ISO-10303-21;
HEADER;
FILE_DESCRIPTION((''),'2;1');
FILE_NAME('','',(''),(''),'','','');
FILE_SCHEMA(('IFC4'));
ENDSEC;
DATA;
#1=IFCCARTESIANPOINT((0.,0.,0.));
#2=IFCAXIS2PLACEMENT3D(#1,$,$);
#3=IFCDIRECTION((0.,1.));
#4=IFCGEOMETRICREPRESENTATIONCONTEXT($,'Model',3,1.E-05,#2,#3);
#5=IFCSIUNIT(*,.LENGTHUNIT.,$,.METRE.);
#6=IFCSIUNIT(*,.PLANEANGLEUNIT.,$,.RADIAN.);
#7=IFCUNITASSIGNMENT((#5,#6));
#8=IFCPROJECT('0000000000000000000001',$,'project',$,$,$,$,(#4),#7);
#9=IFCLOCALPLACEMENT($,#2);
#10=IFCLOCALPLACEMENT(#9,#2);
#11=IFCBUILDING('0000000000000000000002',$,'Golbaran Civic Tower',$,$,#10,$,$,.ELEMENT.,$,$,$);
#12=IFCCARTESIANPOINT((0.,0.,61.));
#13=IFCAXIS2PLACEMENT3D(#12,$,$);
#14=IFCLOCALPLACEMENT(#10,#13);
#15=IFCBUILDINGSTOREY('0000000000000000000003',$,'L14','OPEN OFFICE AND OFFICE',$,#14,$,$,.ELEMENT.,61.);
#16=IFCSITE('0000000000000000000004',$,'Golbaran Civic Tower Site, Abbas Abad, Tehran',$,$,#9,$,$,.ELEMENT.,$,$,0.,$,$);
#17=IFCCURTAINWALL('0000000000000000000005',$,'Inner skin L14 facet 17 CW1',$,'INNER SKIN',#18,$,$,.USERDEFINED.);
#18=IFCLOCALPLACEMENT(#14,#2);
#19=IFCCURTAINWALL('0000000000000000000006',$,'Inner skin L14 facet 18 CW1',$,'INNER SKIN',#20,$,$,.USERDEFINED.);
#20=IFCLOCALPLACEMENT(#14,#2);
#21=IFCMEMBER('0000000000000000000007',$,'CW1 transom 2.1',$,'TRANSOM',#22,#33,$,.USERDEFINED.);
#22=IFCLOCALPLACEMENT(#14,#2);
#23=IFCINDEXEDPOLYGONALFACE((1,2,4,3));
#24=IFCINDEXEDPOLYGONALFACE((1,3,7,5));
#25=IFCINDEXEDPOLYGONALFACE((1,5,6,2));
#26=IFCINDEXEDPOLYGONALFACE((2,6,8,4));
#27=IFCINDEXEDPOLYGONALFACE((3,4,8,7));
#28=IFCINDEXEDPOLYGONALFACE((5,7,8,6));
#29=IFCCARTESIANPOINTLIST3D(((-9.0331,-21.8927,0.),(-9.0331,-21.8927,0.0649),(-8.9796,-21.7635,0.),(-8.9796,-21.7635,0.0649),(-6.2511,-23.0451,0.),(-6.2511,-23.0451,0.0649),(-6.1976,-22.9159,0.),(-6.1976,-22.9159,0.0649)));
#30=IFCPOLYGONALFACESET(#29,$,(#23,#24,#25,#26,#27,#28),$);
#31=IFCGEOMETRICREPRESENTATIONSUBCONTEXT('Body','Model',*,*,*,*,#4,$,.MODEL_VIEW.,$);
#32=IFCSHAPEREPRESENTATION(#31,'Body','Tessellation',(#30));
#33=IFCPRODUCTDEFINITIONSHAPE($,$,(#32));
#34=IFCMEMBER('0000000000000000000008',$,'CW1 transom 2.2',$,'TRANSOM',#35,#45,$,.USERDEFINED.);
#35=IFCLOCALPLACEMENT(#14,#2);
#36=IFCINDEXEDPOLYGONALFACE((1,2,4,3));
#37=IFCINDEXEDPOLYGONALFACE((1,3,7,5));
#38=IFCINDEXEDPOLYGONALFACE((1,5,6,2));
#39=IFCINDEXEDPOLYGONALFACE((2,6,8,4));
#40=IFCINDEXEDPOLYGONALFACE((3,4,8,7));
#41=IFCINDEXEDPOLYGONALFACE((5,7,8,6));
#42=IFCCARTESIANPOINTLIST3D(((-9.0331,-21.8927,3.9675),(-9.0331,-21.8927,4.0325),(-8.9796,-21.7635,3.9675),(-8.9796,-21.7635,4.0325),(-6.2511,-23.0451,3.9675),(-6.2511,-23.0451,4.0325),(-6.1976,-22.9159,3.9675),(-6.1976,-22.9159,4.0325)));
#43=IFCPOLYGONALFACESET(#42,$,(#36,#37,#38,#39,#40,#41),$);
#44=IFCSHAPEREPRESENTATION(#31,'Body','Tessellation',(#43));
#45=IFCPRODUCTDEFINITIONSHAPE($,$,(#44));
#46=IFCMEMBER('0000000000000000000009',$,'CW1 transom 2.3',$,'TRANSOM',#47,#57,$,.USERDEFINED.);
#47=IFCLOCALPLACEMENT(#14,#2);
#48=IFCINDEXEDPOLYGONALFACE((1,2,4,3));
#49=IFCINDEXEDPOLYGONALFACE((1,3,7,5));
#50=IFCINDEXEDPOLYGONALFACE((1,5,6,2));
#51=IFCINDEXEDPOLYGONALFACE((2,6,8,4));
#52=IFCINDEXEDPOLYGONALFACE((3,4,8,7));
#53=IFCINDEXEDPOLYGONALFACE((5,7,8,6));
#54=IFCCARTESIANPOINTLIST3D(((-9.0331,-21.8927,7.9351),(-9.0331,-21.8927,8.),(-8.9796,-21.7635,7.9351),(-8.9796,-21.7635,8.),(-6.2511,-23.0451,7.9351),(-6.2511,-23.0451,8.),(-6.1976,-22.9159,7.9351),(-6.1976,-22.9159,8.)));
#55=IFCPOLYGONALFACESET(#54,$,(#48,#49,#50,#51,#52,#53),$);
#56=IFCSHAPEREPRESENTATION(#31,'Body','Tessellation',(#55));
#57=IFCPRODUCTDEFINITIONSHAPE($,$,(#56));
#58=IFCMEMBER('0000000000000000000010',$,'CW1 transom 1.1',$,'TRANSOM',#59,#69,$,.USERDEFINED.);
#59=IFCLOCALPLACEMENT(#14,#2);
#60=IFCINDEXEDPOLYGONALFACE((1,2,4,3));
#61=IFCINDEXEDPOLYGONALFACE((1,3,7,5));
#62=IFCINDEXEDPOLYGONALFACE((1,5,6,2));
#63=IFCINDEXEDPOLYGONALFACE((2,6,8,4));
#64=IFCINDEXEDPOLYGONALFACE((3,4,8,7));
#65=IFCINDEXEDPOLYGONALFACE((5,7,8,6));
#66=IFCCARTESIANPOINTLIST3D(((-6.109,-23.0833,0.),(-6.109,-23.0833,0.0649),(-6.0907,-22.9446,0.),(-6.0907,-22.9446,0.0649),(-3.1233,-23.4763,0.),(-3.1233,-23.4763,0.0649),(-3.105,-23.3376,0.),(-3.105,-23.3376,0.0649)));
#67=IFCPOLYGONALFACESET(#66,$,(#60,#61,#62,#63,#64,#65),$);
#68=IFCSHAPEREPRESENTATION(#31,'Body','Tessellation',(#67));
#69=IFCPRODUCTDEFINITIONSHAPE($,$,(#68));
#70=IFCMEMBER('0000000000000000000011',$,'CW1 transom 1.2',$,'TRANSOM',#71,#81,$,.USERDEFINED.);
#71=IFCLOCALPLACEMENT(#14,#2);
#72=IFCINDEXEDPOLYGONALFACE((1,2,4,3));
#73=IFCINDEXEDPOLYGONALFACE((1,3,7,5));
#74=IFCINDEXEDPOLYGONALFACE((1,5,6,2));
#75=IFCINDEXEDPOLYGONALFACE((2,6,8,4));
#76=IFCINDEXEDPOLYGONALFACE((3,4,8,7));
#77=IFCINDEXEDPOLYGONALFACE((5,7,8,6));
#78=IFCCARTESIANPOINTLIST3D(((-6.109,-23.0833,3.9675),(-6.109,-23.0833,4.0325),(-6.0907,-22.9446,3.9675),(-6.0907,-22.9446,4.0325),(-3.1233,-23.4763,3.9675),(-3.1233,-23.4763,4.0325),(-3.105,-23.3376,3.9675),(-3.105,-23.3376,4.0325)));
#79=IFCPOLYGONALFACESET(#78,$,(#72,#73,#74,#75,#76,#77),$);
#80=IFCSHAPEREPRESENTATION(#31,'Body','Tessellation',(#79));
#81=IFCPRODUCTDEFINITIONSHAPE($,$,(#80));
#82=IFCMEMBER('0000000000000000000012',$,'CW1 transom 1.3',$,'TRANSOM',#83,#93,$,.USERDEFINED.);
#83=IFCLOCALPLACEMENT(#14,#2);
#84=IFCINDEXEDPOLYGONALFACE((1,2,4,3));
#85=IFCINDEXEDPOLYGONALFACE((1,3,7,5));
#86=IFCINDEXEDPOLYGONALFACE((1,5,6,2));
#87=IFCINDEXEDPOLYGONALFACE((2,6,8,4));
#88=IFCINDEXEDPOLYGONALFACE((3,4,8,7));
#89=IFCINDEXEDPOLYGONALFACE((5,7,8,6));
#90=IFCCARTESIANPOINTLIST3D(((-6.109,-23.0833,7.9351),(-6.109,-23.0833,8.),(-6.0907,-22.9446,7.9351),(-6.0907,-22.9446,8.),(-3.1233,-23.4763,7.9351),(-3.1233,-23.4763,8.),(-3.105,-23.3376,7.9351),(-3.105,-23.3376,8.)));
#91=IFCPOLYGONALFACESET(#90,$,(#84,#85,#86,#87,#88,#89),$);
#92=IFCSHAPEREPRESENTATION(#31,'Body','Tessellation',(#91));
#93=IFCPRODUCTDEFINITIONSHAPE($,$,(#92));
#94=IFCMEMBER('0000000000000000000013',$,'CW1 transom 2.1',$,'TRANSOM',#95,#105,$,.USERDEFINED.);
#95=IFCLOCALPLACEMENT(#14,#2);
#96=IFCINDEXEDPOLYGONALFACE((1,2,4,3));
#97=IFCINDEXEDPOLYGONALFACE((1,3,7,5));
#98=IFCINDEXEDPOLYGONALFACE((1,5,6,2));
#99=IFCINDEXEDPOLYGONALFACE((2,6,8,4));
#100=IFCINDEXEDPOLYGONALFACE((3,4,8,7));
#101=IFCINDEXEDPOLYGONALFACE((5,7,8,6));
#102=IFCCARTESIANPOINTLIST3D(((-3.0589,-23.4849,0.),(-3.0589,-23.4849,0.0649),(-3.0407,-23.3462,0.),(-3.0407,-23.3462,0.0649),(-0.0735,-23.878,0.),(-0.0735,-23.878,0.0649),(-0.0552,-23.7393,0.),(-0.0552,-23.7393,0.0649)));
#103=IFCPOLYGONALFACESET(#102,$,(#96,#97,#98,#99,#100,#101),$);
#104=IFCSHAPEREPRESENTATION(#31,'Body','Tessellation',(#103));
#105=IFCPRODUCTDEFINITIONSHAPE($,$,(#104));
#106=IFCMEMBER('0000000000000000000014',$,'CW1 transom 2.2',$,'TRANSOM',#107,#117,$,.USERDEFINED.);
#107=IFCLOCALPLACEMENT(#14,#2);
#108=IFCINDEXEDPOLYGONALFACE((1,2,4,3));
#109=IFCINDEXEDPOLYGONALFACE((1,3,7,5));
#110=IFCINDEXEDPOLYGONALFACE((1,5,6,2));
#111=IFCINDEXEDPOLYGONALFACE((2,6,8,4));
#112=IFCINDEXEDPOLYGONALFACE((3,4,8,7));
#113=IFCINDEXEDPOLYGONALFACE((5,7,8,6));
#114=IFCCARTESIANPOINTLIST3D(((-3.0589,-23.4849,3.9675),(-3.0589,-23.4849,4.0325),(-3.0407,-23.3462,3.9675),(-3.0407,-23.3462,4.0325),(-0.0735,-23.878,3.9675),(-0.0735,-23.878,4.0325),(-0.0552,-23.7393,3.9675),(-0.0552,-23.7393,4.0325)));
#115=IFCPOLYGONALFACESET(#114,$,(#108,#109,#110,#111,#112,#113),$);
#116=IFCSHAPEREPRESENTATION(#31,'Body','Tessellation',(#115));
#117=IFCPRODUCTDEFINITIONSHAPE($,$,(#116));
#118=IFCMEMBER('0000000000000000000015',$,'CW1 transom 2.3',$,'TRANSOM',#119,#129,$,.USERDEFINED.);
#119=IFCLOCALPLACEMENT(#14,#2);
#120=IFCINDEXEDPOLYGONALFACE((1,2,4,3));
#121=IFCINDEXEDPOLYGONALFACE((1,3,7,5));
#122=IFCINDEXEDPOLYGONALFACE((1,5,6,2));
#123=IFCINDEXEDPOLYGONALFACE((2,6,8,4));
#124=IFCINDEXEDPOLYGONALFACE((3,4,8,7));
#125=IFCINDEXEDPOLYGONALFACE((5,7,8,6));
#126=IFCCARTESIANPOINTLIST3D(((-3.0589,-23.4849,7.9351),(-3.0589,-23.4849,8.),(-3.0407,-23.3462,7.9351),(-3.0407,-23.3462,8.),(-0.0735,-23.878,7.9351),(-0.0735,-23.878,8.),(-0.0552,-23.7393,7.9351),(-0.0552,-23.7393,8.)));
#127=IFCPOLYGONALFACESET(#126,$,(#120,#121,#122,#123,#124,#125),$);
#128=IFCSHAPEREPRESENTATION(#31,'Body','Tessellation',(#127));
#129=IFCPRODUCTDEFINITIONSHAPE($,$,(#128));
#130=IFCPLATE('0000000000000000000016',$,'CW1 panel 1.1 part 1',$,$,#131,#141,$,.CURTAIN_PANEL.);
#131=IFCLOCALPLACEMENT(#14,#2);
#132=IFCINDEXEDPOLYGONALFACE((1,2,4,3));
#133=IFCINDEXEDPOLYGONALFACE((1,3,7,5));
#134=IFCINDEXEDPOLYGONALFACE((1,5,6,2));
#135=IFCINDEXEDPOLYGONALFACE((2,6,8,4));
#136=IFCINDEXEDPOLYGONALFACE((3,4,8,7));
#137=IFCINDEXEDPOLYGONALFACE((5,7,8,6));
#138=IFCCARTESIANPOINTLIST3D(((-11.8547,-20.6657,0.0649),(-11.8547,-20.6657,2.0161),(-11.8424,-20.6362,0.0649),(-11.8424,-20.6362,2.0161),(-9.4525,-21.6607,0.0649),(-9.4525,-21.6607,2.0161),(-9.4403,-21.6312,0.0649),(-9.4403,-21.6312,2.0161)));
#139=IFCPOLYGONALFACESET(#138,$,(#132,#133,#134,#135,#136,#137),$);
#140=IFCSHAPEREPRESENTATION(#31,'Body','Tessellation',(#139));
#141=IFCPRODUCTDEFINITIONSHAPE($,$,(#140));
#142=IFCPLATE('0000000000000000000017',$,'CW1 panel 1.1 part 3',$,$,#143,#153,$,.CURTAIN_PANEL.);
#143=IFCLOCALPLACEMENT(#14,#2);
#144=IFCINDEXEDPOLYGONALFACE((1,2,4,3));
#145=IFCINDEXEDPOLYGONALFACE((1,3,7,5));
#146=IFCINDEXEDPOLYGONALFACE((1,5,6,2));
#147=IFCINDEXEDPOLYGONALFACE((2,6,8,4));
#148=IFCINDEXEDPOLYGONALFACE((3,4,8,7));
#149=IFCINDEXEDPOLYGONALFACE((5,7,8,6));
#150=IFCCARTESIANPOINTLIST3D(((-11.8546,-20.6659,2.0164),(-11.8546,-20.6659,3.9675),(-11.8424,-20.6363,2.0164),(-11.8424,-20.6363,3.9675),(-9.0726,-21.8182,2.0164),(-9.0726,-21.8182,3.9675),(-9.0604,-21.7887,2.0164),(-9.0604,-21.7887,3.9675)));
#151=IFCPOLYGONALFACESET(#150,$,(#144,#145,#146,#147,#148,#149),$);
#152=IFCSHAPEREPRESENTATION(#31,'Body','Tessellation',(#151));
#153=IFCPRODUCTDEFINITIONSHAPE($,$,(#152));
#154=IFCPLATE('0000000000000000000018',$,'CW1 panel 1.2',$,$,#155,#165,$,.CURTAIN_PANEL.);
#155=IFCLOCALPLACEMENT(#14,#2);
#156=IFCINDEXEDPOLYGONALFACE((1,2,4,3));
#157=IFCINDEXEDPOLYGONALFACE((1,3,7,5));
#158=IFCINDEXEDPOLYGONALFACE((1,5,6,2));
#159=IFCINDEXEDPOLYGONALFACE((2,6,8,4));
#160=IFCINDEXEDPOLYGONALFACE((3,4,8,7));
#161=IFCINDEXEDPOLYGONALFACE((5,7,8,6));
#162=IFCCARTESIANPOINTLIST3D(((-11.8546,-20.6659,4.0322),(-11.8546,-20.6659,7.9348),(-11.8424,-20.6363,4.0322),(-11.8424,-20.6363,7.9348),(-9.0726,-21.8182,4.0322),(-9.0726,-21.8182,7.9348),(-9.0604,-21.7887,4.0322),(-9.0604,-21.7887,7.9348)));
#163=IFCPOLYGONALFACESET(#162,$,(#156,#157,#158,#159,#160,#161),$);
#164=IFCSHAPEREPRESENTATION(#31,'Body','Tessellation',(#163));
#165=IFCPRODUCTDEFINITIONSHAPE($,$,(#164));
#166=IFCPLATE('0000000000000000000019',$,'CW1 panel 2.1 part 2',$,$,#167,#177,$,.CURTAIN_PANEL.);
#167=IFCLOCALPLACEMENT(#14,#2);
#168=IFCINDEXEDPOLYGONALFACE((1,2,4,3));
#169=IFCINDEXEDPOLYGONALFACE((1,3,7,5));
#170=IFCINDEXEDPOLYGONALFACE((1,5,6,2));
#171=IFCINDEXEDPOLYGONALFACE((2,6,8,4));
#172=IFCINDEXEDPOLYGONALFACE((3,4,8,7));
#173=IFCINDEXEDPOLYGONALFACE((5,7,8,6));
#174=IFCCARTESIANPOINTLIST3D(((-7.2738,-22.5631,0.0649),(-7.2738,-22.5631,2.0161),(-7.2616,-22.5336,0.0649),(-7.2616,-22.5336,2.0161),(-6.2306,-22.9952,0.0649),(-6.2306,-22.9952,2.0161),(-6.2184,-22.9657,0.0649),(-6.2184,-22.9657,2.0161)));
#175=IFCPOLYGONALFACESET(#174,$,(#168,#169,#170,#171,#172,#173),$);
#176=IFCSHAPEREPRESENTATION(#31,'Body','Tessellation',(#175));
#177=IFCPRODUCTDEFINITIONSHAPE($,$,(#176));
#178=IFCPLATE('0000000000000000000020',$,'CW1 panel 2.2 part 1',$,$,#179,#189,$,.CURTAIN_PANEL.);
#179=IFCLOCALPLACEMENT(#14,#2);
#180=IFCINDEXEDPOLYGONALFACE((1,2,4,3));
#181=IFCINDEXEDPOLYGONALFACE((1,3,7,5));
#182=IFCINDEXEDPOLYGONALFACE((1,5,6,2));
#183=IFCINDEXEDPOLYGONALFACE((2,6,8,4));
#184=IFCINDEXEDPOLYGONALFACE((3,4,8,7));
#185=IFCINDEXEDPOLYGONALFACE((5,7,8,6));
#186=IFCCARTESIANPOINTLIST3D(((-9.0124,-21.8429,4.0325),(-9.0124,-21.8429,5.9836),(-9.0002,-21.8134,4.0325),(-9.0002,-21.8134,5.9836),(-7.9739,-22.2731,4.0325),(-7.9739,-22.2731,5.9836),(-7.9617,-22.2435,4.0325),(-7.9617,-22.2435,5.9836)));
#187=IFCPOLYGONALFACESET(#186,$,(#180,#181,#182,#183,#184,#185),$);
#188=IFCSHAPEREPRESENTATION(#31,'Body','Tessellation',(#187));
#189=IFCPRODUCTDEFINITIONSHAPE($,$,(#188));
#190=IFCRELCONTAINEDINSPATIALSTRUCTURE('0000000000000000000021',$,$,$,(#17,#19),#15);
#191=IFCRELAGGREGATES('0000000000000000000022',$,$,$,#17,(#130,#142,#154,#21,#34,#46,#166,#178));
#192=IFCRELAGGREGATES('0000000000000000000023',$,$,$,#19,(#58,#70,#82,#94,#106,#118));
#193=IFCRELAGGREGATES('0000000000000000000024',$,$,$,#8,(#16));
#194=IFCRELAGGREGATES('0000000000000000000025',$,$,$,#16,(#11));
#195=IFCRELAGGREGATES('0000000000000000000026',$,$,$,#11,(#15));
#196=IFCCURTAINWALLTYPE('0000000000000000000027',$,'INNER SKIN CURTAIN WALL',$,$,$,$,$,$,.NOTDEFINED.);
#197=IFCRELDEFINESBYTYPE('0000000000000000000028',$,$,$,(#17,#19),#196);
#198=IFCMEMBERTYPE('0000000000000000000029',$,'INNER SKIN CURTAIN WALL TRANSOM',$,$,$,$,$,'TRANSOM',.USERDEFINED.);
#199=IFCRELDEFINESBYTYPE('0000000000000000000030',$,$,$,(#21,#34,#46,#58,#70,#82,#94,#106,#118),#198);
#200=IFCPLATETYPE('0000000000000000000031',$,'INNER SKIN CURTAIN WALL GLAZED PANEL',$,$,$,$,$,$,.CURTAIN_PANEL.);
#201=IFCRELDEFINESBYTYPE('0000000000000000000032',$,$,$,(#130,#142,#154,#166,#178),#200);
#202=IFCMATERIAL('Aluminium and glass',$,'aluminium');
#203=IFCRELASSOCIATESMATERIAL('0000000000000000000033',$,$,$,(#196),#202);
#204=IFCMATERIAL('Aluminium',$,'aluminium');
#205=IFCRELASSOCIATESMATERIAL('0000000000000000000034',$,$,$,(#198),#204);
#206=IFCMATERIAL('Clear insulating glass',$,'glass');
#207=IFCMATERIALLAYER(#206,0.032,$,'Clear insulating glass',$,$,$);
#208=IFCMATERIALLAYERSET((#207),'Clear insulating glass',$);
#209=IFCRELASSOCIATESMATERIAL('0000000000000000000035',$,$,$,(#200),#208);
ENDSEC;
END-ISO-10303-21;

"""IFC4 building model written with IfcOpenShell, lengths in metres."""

from ifc_helpers import new_model, si_unit, direction, frame, origin, origin_2d, place, context, subcontext, project, spatial, rectangle, extrude, material, layer, layer_set, material_profile, profile_set, type_object, element, aggregate, save


model = new_model("IFC4")

# Units and contexts
model_context = context("Model", 3, precision=1e-05, world=origin(), true_north=direction((0.0, 1.0)))
body_context = subcontext(model_context, "Body", "Model", "MODEL_VIEW")
ifc_project = project(units=[si_unit("LENGTHUNIT", "METRE"), si_unit("PLANEANGLEUNIT", "RADIAN")], contexts=[model_context])

# Site, building, storey
site_placement = place(None, origin())
site = spatial("IfcSite", under=ifc_project, at=site_placement, Name="Golbaran Civic Tower Site, Abbas Abad, Tehran", CompositionType="ELEMENT", RefElevation=0.0)
building_placement = place(site_placement, origin())
building = spatial("IfcBuilding", under=site, at=building_placement, Name="Golbaran Civic Tower", CompositionType="ELEMENT")
storey_placement = place(building_placement, frame((0.0, 0.0, 61.0)))
storey = spatial("IfcBuildingStorey", under=building, at=storey_placement, Name="L14", Description="OPEN OFFICE AND OFFICE", CompositionType="ELEMENT", Elevation=61.0)

# Curtain walls
ifc_material_1 = material(Name="Aluminium and glass", Category="aluminium")
curtain_wall_type = type_object("IfcCurtainWallType", Name="INNER SKIN CURTAIN WALL", PredefinedType="NOTDEFINED", material=ifc_material_1)
curtain_wall_1_placement = place(storey_placement, origin())
curtain_wall_1 = element("IfcCurtainWall", 1, at=curtain_wall_1_placement, inside=storey, type_object=curtain_wall_type, Name="Inner skin L14 facet 17 CW1", ObjectType="INNER SKIN", PredefinedType="USERDEFINED")
ifc_material_2 = material(Name="Aluminium", Category="aluminium")
curtain_wall_2_placement = place(storey_placement, origin())
curtain_wall_2 = element("IfcCurtainWall", 2, at=curtain_wall_2_placement, inside=storey, type_object=curtain_wall_type, Name="Inner skin L14 facet 18 CW1", ObjectType="INNER SKIN", PredefinedType="USERDEFINED")

# Members
ifc_material_profile_1 = material_profile(ifc_material_2, rectangle(XDim=0.1399, YDim=0.0649, at=origin_2d()), Name="INNER SKIN CURTAIN WALL TRANSOM")
ifc_profile_set_1 = profile_set([ifc_material_profile_1], Name="Aluminium")
member_type_1 = type_object("IfcMemberType", Name="INNER SKIN CURTAIN WALL TRANSOM", ElementType="TRANSOM", PredefinedType="USERDEFINED", material=ifc_profile_set_1)
member_1_placement = place(storey_placement, frame((-9.0063, -21.8281, 0.0325), z_axis=(0.923878, -0.382686, 0.0), x_axis=(0.382686, 0.923878, 0.0)))
member_1 = element("IfcMember", 3, at=member_1_placement, type_object=member_type_1, Name="CW1 transom 2.1", ObjectType="TRANSOM", PredefinedType="USERDEFINED", context=body_context, shape_type="SweptSolid", body=[
    extrude(rectangle(XDim=0.1399, YDim=0.0649, at=origin_2d()), origin(), (0.0, 0.0, 1.0), 3.0112),
])
member_2_placement = place(storey_placement, frame((-9.0063, -21.8281, 4.0), z_axis=(0.923878, -0.382686, 0.0), x_axis=(0.382686, 0.923878, 0.0)))
member_2 = element("IfcMember", 4, at=member_2_placement, type_object=member_type_1, Name="CW1 transom 2.2", ObjectType="TRANSOM", PredefinedType="USERDEFINED", context=body_context, shape_type="SweptSolid", body=[
    extrude(rectangle(XDim=0.1399, YDim=0.0649, at=origin_2d()), origin(), (0.0, 0.0, 1.0), 3.0112),
])
member_3_placement = place(storey_placement, frame((-9.0063, -21.8281, 7.9675), z_axis=(0.923878, -0.382686, 0.0), x_axis=(0.382686, 0.923878, 0.0)))
member_3 = element("IfcMember", 5, at=member_3_placement, type_object=member_type_1, Name="CW1 transom 2.3", ObjectType="TRANSOM", PredefinedType="USERDEFINED", context=body_context, shape_type="SweptSolid", body=[
    extrude(rectangle(XDim=0.1399, YDim=0.0649, at=origin_2d()), origin(), (0.0, 0.0, 1.0), 3.0112),
])
member_4_placement = place(storey_placement, frame((-6.0999, -23.0139, 0.0325), z_axis=(0.991445, -0.130528, 0.0), x_axis=(0.130528, 0.991445, 0.0)))
member_4 = element("IfcMember", 6, at=member_4_placement, type_object=member_type_1, Name="CW1 transom 1.1", ObjectType="TRANSOM", PredefinedType="USERDEFINED", context=body_context, shape_type="SweptSolid", body=[
    extrude(rectangle(XDim=0.1399, YDim=0.0649, at=origin_2d()), origin(), (0.0, 0.0, 1.0), 3.0115),
])
member_5_placement = place(storey_placement, frame((-6.0999, -23.0139, 4.0), z_axis=(0.991445, -0.130528, 0.0), x_axis=(0.130528, 0.991445, 0.0)))
member_5 = element("IfcMember", 7, at=member_5_placement, type_object=member_type_1, Name="CW1 transom 1.2", ObjectType="TRANSOM", PredefinedType="USERDEFINED", context=body_context, shape_type="SweptSolid", body=[
    extrude(rectangle(XDim=0.1399, YDim=0.0649, at=origin_2d()), origin(), (0.0, 0.0, 1.0), 3.0115),
])
member_6_placement = place(storey_placement, frame((-6.0999, -23.0139, 7.9675), z_axis=(0.991445, -0.130528, 0.0), x_axis=(0.130528, 0.991445, 0.0)))
member_6 = element("IfcMember", 8, at=member_6_placement, type_object=member_type_1, Name="CW1 transom 1.3", ObjectType="TRANSOM", PredefinedType="USERDEFINED", context=body_context, shape_type="SweptSolid", body=[
    extrude(rectangle(XDim=0.1399, YDim=0.0649, at=origin_2d()), origin(), (0.0, 0.0, 1.0), 3.0115),
])
member_7_placement = place(storey_placement, frame((-3.0498, -23.4155, 0.0325), z_axis=(0.991443, -0.130538, 0.0), x_axis=(0.130538, 0.991443, 0.0)))
member_7 = element("IfcMember", 9, at=member_7_placement, type_object=member_type_1, Name="CW1 transom 2.1", ObjectType="TRANSOM", PredefinedType="USERDEFINED", context=body_context, shape_type="SweptSolid", body=[
    extrude(rectangle(XDim=0.1399, YDim=0.0649, at=origin_2d()), origin(), (0.0, 0.0, 1.0), 3.0112),
])
member_8_placement = place(storey_placement, frame((-3.0498, -23.4155, 4.0), z_axis=(0.991443, -0.130538, 0.0), x_axis=(0.130538, 0.991443, 0.0)))
member_8 = element("IfcMember", 10, at=member_8_placement, type_object=member_type_1, Name="CW1 transom 2.2", ObjectType="TRANSOM", PredefinedType="USERDEFINED", context=body_context, shape_type="SweptSolid", body=[
    extrude(rectangle(XDim=0.1399, YDim=0.0649, at=origin_2d()), origin(), (0.0, 0.0, 1.0), 3.0112),
])
member_9_placement = place(storey_placement, frame((-3.0498, -23.4155, 7.9675), z_axis=(0.991443, -0.130538, 0.0), x_axis=(0.130538, 0.991443, 0.0)))
member_9 = element("IfcMember", 11, at=member_9_placement, type_object=member_type_1, Name="CW1 transom 2.3", ObjectType="TRANSOM", PredefinedType="USERDEFINED", context=body_context, shape_type="SweptSolid", body=[
    extrude(rectangle(XDim=0.1399, YDim=0.0649, at=origin_2d()), origin(), (0.0, 0.0, 1.0), 3.0112),
])

# Plates
ifc_material_3 = material(Name="Clear insulating glass", Category="glass")
ifc_layer_1 = layer(ifc_material_3, 0.032, Name="Clear insulating glass")
ifc_layer_set_1 = layer_set([ifc_layer_1], Name="Clear insulating glass")
plate_type_1 = type_object("IfcPlateType", Name="INNER SKIN CURTAIN WALL GLAZED PANEL", PredefinedType="CURTAIN_PANEL", material=ifc_layer_set_1)
plate_1_placement = place(storey_placement, frame((-10.6475, -21.1484, 0.0649), z_axis=(0.0, 0.0, 1.0), x_axis=(0.92388, -0.382683, 0.0)))
plate_1 = element("IfcPlate", 12, at=plate_1_placement, type_object=plate_type_1, Name="CW1 panel 1.1 part 1", PredefinedType="CURTAIN_PANEL", context=body_context, shape_type="SweptSolid", body=[
    extrude(rectangle(XDim=2.6001, YDim=0.032, at=origin_2d()), origin(), (0.0, 0.0, 1.0), 1.9512),
])
plate_2_placement = place(storey_placement, frame((-10.4575, -21.2273, 2.0164), z_axis=(0.0, 0.0, 1.0), x_axis=(0.92388, -0.382683, 0.0)))
plate_2 = element("IfcPlate", 13, at=plate_2_placement, type_object=plate_type_1, Name="CW1 panel 1.1 part 3", PredefinedType="CURTAIN_PANEL", context=body_context, shape_type="SweptSolid", body=[
    extrude(rectangle(XDim=3.0112, YDim=0.032, at=origin_2d()), origin(), (0.0, 0.0, 1.0), 1.9512),
])
plate_3_placement = place(storey_placement, frame((-10.4575, -21.2273, 4.0322), z_axis=(0.0, 0.0, 1.0), x_axis=(0.92388, -0.382683, 0.0)))
plate_3 = element("IfcPlate", 14, at=plate_3_placement, type_object=plate_type_1, Name="CW1 panel 1.2", PredefinedType="CURTAIN_PANEL", context=body_context, shape_type="SweptSolid", body=[
    extrude(rectangle(XDim=3.0112, YDim=0.032, at=origin_2d()), origin(), (0.0, 0.0, 1.0), 3.9026),
])
plate_4_placement = place(storey_placement, frame((-6.7461, -22.7644, 0.0649), z_axis=(0.0, 0.0, 1.0), x_axis=(0.92388, -0.382683, 0.0)))
plate_4 = element("IfcPlate", 15, at=plate_4_placement, type_object=plate_type_1, Name="CW1 panel 2.1 part 2", PredefinedType="CURTAIN_PANEL", context=body_context, shape_type="SweptSolid", body=[
    extrude(rectangle(XDim=1.1292, YDim=0.032, at=origin_2d()), origin(), (0.0, 0.0, 1.0), 1.9512),
])
plate_5_placement = place(storey_placement, frame((-8.4871, -22.0432, 4.0325), z_axis=(0.0, 0.0, 1.0), x_axis=(0.92388, -0.382683, 0.0)))
plate_5 = element("IfcPlate", 16, at=plate_5_placement, type_object=plate_type_1, Name="CW1 panel 2.2 part 1", PredefinedType="CURTAIN_PANEL", context=body_context, shape_type="SweptSolid", body=[
    extrude(rectangle(XDim=1.124, YDim=0.032, at=origin_2d()), origin(), (0.0, 0.0, 1.0), 1.9512),
])
aggregate(curtain_wall_1, [plate_1, plate_2, plate_3, member_1, member_2, member_3, plate_4, plate_5])
aggregate(curtain_wall_2, [member_4, member_5, member_6, member_7, member_8, member_9])

save(model, "model.ifc")
